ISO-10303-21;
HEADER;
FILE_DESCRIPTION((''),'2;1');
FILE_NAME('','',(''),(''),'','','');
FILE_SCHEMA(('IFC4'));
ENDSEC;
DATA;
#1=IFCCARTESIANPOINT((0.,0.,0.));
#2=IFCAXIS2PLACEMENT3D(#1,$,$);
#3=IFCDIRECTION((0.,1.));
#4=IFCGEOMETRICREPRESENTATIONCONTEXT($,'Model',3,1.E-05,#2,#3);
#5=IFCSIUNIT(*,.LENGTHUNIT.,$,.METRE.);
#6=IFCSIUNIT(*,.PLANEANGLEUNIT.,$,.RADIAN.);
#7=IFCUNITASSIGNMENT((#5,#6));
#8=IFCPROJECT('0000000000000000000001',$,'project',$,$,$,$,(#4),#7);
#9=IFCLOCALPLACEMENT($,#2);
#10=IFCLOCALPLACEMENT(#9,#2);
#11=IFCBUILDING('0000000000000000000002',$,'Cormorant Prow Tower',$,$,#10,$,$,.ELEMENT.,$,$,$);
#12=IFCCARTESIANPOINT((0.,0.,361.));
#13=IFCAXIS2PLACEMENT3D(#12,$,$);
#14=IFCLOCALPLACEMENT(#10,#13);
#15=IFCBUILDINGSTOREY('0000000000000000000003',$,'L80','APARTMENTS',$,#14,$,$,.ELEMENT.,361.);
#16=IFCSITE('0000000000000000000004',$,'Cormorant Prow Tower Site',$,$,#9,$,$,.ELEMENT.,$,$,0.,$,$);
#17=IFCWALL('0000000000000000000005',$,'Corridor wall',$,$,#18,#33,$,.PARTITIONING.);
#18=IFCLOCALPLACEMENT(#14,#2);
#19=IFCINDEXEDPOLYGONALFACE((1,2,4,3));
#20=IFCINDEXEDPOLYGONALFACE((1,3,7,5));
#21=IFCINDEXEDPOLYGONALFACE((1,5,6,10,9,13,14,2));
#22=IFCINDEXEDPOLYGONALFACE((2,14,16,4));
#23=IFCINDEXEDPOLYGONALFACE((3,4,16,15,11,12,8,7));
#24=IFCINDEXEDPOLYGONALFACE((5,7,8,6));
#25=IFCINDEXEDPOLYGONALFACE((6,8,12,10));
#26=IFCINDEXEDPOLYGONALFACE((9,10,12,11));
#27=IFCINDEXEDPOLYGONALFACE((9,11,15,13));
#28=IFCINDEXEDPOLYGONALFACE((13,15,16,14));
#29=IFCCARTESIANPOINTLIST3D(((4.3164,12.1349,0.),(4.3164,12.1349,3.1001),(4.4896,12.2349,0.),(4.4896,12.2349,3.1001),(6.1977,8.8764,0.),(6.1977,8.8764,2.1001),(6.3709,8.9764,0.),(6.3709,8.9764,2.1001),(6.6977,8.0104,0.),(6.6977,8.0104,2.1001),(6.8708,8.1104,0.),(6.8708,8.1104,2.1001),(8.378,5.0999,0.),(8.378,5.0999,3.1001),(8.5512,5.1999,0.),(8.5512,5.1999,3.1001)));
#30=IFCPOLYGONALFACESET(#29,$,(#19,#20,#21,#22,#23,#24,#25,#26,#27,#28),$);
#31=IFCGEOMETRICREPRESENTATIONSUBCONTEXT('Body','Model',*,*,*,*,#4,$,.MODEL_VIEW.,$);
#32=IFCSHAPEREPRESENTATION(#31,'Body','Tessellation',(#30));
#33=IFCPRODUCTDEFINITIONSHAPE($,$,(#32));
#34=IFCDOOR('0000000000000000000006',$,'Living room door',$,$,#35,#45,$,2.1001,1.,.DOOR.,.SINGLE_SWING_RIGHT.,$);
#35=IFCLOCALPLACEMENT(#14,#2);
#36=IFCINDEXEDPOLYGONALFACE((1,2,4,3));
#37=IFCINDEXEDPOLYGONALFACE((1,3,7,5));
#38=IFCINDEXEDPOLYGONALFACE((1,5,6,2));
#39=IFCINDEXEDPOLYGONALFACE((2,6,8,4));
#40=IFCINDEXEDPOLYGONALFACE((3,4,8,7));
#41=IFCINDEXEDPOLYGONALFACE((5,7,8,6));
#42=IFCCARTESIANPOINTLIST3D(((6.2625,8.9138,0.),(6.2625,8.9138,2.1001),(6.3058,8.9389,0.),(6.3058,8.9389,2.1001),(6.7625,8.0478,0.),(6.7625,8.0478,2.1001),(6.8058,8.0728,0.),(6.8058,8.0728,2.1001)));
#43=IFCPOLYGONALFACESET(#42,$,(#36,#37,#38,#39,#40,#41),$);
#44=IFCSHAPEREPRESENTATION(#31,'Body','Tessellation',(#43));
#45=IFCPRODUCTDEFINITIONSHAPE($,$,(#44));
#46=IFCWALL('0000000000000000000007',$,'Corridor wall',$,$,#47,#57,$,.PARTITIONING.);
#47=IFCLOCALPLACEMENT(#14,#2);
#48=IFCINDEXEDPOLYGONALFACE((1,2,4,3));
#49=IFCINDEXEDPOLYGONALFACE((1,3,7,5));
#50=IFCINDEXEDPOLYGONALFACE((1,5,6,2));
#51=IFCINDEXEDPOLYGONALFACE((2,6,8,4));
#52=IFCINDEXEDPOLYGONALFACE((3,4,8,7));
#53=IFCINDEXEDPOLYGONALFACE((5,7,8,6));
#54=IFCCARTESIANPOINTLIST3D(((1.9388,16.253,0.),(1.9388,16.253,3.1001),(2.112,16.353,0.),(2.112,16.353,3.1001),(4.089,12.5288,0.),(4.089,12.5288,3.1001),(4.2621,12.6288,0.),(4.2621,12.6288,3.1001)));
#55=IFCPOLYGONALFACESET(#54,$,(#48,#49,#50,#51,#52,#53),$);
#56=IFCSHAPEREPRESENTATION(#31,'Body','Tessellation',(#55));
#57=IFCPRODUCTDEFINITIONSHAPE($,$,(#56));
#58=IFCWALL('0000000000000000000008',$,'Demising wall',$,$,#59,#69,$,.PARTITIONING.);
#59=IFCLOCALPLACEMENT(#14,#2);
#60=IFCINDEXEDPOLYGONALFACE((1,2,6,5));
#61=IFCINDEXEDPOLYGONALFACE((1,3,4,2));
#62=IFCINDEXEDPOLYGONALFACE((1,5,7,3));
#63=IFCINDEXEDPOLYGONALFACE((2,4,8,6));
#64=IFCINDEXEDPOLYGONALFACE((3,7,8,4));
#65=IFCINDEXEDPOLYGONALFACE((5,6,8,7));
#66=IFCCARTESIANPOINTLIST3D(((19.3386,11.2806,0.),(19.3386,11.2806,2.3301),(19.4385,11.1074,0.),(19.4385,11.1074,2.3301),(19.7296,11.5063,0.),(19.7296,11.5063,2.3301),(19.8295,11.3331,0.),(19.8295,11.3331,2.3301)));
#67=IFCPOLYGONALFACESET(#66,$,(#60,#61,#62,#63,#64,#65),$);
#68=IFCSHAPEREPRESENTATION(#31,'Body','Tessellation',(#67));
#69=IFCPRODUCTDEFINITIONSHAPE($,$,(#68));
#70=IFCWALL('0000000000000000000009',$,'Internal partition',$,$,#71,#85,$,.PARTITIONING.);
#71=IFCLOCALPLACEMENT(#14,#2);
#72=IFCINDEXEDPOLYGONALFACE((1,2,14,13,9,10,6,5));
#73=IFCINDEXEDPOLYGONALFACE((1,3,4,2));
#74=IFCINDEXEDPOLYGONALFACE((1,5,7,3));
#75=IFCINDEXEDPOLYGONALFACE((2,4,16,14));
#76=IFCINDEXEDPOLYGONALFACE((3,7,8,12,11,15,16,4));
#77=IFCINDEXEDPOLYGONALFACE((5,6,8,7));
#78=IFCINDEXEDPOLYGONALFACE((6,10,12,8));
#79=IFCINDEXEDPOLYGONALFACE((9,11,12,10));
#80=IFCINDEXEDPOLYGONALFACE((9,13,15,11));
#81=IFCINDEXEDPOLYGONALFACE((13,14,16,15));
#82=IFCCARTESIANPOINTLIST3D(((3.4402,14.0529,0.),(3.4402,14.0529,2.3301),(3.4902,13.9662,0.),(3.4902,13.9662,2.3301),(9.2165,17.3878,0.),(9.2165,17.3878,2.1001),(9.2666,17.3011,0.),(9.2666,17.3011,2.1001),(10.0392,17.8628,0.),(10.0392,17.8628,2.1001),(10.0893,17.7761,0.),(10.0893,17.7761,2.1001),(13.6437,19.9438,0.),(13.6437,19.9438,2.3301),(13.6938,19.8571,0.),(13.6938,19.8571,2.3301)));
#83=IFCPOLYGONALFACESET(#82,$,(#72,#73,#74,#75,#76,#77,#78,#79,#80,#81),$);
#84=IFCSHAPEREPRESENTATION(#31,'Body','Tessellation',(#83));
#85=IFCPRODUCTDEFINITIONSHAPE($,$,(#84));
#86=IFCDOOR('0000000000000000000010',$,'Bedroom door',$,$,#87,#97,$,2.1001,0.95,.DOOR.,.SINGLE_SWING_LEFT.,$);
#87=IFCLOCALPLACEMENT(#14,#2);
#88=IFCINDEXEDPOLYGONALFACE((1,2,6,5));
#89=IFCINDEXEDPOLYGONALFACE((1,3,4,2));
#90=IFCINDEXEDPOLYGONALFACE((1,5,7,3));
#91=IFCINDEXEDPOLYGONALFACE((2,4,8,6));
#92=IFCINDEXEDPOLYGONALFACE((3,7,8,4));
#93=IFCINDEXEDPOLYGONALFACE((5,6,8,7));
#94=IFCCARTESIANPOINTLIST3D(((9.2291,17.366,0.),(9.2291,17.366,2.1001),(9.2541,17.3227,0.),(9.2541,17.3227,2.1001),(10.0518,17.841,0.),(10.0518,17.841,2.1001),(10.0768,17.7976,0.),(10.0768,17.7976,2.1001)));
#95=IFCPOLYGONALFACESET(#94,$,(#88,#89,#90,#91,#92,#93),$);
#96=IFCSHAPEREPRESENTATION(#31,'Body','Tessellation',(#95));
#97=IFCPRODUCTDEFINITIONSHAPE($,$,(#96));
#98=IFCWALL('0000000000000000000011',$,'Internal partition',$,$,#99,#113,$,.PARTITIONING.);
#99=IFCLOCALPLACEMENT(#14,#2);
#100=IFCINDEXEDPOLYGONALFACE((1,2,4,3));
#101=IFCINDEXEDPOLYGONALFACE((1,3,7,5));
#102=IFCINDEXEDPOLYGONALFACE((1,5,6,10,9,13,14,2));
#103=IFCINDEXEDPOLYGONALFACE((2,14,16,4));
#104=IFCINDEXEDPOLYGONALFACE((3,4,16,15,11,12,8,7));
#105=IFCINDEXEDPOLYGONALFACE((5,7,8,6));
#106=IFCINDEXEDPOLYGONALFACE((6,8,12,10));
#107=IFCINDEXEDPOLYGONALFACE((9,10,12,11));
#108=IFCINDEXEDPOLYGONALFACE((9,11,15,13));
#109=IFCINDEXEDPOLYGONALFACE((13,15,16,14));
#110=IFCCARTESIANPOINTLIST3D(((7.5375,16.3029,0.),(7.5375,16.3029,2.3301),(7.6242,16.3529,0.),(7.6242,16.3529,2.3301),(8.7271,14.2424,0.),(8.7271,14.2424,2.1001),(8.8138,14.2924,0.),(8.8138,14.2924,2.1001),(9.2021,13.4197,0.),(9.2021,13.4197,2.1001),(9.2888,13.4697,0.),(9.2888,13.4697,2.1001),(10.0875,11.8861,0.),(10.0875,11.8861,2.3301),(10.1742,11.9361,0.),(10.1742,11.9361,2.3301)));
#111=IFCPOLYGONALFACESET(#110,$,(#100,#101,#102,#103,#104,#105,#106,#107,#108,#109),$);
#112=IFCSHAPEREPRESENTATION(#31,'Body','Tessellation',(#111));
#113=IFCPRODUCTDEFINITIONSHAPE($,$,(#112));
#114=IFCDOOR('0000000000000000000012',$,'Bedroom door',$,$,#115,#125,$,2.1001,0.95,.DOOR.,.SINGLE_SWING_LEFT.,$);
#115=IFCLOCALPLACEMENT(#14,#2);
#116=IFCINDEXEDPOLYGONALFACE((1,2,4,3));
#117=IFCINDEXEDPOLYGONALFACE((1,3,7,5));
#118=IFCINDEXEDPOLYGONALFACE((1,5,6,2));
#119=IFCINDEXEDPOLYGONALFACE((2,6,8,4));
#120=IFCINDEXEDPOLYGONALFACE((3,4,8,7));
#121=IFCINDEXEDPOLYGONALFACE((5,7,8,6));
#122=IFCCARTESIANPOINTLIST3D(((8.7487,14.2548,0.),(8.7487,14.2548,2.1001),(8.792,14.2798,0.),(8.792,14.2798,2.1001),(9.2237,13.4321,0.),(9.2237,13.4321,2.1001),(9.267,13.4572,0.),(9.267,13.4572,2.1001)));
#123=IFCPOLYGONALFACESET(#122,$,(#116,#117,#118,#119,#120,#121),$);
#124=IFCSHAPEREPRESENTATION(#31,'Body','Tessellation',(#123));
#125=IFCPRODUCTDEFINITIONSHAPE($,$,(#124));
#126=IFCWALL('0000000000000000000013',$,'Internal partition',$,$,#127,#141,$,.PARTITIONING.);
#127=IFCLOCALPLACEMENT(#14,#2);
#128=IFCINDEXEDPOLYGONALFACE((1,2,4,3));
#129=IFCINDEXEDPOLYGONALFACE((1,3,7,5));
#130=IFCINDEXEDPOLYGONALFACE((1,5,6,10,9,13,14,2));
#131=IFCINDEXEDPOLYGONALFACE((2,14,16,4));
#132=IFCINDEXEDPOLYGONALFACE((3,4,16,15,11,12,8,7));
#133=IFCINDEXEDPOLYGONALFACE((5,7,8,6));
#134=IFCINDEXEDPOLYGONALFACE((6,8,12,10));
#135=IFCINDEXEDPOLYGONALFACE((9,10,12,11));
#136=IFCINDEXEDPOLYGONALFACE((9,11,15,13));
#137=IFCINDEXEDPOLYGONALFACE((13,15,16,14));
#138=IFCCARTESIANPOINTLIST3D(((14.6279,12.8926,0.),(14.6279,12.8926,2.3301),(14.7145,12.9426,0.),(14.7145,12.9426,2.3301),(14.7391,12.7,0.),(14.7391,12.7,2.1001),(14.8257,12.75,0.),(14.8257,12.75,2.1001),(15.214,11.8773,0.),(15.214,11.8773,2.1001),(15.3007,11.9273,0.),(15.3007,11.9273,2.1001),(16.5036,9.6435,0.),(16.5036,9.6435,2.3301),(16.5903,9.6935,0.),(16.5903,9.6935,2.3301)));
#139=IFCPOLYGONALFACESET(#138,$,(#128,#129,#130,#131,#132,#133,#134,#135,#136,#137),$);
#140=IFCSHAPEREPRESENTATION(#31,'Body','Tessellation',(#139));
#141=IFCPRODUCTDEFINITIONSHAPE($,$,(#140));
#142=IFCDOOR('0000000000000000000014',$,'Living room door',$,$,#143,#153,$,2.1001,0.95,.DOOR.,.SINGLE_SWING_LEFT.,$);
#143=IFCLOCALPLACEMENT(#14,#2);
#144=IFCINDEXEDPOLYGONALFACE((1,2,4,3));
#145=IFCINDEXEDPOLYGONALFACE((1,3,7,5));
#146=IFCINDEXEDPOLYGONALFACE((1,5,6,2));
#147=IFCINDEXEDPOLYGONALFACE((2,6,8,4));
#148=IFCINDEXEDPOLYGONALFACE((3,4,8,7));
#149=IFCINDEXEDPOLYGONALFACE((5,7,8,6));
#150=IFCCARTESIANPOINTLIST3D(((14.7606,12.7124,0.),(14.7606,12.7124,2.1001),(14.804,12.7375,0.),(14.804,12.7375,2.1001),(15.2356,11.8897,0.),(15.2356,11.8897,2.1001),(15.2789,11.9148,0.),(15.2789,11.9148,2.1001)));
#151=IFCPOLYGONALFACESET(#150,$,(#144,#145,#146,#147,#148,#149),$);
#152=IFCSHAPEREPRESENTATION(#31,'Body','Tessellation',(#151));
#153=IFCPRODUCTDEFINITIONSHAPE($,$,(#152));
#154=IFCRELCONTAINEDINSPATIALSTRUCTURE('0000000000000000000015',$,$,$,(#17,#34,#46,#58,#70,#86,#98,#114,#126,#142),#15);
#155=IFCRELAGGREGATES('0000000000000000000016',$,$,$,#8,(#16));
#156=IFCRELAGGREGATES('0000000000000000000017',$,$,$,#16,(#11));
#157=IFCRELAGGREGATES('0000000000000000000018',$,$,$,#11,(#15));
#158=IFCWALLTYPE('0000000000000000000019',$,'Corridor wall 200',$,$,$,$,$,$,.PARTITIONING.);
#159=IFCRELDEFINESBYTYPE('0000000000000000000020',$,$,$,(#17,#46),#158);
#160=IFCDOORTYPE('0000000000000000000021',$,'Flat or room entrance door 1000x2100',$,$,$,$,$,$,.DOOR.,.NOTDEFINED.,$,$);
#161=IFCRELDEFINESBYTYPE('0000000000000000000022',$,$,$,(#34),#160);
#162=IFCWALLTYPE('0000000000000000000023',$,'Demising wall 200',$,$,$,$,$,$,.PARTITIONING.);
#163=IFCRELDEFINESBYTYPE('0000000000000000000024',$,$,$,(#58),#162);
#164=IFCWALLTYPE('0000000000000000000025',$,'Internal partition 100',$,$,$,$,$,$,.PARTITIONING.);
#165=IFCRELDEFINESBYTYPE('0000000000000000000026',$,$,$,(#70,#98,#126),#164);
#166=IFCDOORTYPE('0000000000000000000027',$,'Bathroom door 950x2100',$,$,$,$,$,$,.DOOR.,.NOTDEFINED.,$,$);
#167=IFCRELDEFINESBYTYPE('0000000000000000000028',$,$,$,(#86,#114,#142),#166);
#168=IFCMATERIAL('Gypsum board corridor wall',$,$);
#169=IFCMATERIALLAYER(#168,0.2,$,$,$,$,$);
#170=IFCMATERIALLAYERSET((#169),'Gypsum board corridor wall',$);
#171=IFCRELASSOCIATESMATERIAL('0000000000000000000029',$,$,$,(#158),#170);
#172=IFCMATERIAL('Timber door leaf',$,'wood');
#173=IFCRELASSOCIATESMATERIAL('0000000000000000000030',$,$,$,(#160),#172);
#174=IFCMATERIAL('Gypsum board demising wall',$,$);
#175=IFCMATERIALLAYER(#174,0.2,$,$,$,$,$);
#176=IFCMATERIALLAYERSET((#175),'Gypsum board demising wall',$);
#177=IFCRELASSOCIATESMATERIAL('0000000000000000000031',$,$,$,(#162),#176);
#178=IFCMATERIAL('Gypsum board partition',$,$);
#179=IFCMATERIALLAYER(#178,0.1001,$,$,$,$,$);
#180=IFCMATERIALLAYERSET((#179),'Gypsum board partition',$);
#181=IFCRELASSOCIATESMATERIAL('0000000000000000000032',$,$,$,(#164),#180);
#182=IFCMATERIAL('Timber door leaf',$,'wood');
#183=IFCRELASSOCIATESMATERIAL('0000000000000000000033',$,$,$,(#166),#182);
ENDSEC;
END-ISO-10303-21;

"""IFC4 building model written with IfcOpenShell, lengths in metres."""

from ifc_helpers import new_model, si_unit, direction, frame, frame_2d, origin, place, context, subcontext, project, spatial, rectangle, extrude, material, layer, layer_set, type_object, element, fill, save


model = new_model("IFC4")

# Units and contexts
model_context = context("Model", 3, precision=1e-05, world=origin(), true_north=direction((0.0, 1.0)))
body_context = subcontext(model_context, "Body", "Model", "MODEL_VIEW")
ifc_project = project(units=[si_unit("LENGTHUNIT", "METRE"), si_unit("PLANEANGLEUNIT", "RADIAN")], contexts=[model_context])

# Site, building, storey
site_placement = place(None, origin())
site = spatial("IfcSite", under=ifc_project, at=site_placement, Name="Cormorant Prow Tower Site", CompositionType="ELEMENT", RefElevation=0.0)
building_placement = place(site_placement, origin())
building = spatial("IfcBuilding", under=site, at=building_placement, Name="Cormorant Prow Tower", CompositionType="ELEMENT")
storey_placement = place(building_placement, frame((0.0, 0.0, 361.0)))
storey = spatial("IfcBuildingStorey", under=building, at=storey_placement, Name="L80", Description="APARTMENTS", CompositionType="ELEMENT", Elevation=361.0)

# Wall, opening, door
ifc_material_1 = material(Name="Gypsum board corridor wall")
ifc_layer_1 = layer(ifc_material_1, 0.2)
ifc_layer_set_1 = layer_set([ifc_layer_1], Name="Gypsum board corridor wall")
wall_type_1 = type_object("IfcWallType", Name="Corridor wall 200", PredefinedType="PARTITIONING", material=ifc_layer_set_1)
wall_1_placement = place(storey_placement, frame((4.4031, 12.1848, 0.0), z_axis=(0.0, 0.0, 1.0), x_axis=(0.499992, -0.86603, 0.0)))
wall_1 = element("IfcWall", 1, at=wall_1_placement, inside=storey, type_object=wall_type_1, Name="Corridor wall", PredefinedType="PARTITIONING", context=body_context, shape_type="SweptSolid", body=[
    extrude(rectangle(XDim=8.1233, YDim=0.2, at=frame_2d((4.0615, 0.0))), origin(), (0.0, 0.0, 1.0), 3.1001),
])
opening_1_placement = place(wall_1_placement, frame((3.7625, 0.0, 0.0)))
opening_1 = element("IfcOpeningElement", 2, at=opening_1_placement, cuts=wall_1, PredefinedType="OPENING", context=body_context, shape_type="SweptSolid", body=[
    extrude(rectangle(XDim=1.0, YDim=2.1001, at=frame_2d((0.5, 1.05))), frame((0.0, 0.1099, 0.0), z_axis=(0.0, -1.0, 0.0), x_axis=(1.0, 0.0, 0.0)), (0.0, 0.0, 1.0), 0.22),
])
ifc_material_2 = material(Name="Timber door leaf", Category="wood")
door_type_1 = type_object("IfcDoorType", Name="Flat or room entrance door 1000x2100", OperationType="NOTDEFINED", PredefinedType="DOOR", material=ifc_material_2)
door_1_placement = place(opening_1_placement, origin())
door_1 = element("IfcDoor", 3, at=door_1_placement, inside=storey, type_object=door_type_1, Name="Living room door", OperationType="SINGLE_SWING_RIGHT", OverallHeight=2.1001, OverallWidth=1.0, PredefinedType="DOOR", context=body_context, shape_type="SweptSolid", body=[
    extrude(rectangle(XDim=1.0, YDim=2.1001, at=frame_2d((0.5, 1.05))), frame((0.0, 0.0249, 0.0), z_axis=(0.0, -1.0, 0.0), x_axis=(1.0, 0.0, 0.0)), (0.0, 0.0, 1.0), 0.05),
])
fill(opening_1, door_1)

# Walls
wall_2_placement = place(storey_placement, frame((2.0254, 16.303, 0.0), z_axis=(0.0, 0.0, 1.0), x_axis=(0.500004, -0.866023, 0.0)))
element("IfcWall", 4, at=wall_2_placement, inside=storey, type_object=wall_type_1, Name="Corridor wall", PredefinedType="PARTITIONING", context=body_context, shape_type="SweptSolid", body=[
    extrude(rectangle(XDim=4.3003, YDim=0.2, at=frame_2d((2.1501, 0.0))), origin(), (0.0, 0.0, 1.0), 3.1001),
])
ifc_material_3 = material(Name="Gypsum board demising wall")
ifc_layer_2 = layer(ifc_material_3, 0.2)
ifc_layer_set_2 = layer_set([ifc_layer_2], Name="Gypsum board demising wall")
wall_type_2 = type_object("IfcWallType", Name="Demising wall 200", PredefinedType="PARTITIONING", material=ifc_layer_set_2)
wall_3_placement = place(storey_placement, frame((19.3887, 11.1941, 0.0), z_axis=(0.0, 0.0, 1.0), x_axis=(0.866105, 0.499863, 0.0)))
element("IfcWall", 5, at=wall_3_placement, inside=storey, type_object=wall_type_2, Name="Demising wall", PredefinedType="PARTITIONING", context=body_context, shape_type="SweptSolid", body=[
    extrude(rectangle(XDim=0.4514, YDim=0.2, at=frame_2d((0.2256, 0.0))), origin(), (0.0, 0.0, 1.0), 2.3301),
])

# Walls, openings, doors
ifc_material_4 = material(Name="Gypsum board partition")
ifc_layer_3 = layer(ifc_material_4, 0.1001)
ifc_layer_set_3 = layer_set([ifc_layer_3], Name="Gypsum board partition")
wall_type_3 = type_object("IfcWallType", Name="Internal partition 100", PredefinedType="PARTITIONING", material=ifc_layer_set_3)
wall_4_placement = place(storey_placement, frame((3.4651, 14.0095, 0.0), z_axis=(0.0, 0.0, 1.0), x_axis=(0.866032, 0.499988, 0.0)))
wall_4 = element("IfcWall", 6, at=wall_4_placement, inside=storey, type_object=wall_type_3, Name="Internal partition", PredefinedType="PARTITIONING", context=body_context, shape_type="SweptSolid", body=[
    extrude(rectangle(XDim=11.782, YDim=0.1001, at=frame_2d((5.8911, 0.0))), origin(), (0.0, 0.0, 1.0), 2.3301),
])
opening_2_placement = place(wall_4_placement, frame((6.6699, 0.0, 0.0)))
opening_2 = element("IfcOpeningElement", 7, at=opening_2_placement, cuts=wall_4, PredefinedType="OPENING", context=body_context, shape_type="SweptSolid", body=[
    extrude(rectangle(XDim=0.95, YDim=2.1001, at=frame_2d((0.4751, 1.05))), frame((0.0, 0.0601, 0.0), z_axis=(0.0, -1.0, 0.0), x_axis=(1.0, 0.0, 0.0)), (0.0, 0.0, 1.0), 0.1201),
])
ifc_material_5 = material(Name="Timber door leaf", Category="wood")
door_type_2 = type_object("IfcDoorType", Name="Bathroom door 950x2100", OperationType="NOTDEFINED", PredefinedType="DOOR", material=ifc_material_5)
door_2_placement = place(opening_2_placement, origin())
door_2 = element("IfcDoor", 8, at=door_2_placement, inside=storey, type_object=door_type_2, Name="Bedroom door", OperationType="SINGLE_SWING_LEFT", OverallHeight=2.1001, OverallWidth=0.95, PredefinedType="DOOR", context=body_context, shape_type="SweptSolid", body=[
    extrude(rectangle(XDim=0.95, YDim=2.1001, at=frame_2d((0.4751, 1.05))), frame((0.0, 0.0249, 0.0), z_axis=(0.0, -1.0, 0.0), x_axis=(1.0, 0.0, 0.0)), (0.0, 0.0, 1.0), 0.05),
])
fill(opening_2, door_2)
wall_5_placement = place(storey_placement, frame((7.5808, 16.3279, 0.0), z_axis=(0.0, 0.0, 1.0), x_axis=(0.500006, -0.866022, 0.0)))
wall_5 = element("IfcWall", 9, at=wall_5_placement, inside=storey, type_object=wall_type_3, Name="Internal partition", PredefinedType="PARTITIONING", context=body_context, shape_type="SweptSolid", body=[
    extrude(rectangle(XDim=5.1001, YDim=0.1001, at=frame_2d((2.55, 0.0))), origin(), (0.0, 0.0, 1.0), 2.3301),
])
opening_3_placement = place(wall_5_placement, frame((2.3792, 0.0, 0.0)))
opening_3 = element("IfcOpeningElement", 10, at=opening_3_placement, cuts=wall_5, PredefinedType="OPENING", context=body_context, shape_type="SweptSolid", body=[
    extrude(rectangle(XDim=0.95, YDim=2.1001, at=frame_2d((0.4751, 1.05))), frame((0.0, 0.0601, 0.0), z_axis=(0.0, -1.0, 0.0), x_axis=(1.0, 0.0, 0.0)), (0.0, 0.0, 1.0), 0.1201),
])
door_3_placement = place(opening_3_placement, origin())
door_3 = element("IfcDoor", 11, at=door_3_placement, inside=storey, type_object=door_type_2, Name="Bedroom door", OperationType="SINGLE_SWING_LEFT", OverallHeight=2.1001, OverallWidth=0.95, PredefinedType="DOOR", context=body_context, shape_type="SweptSolid", body=[
    extrude(rectangle(XDim=0.95, YDim=2.1001, at=frame_2d((0.4751, 1.05))), frame((0.0, 0.0249, 0.0), z_axis=(0.0, -1.0, 0.0), x_axis=(1.0, 0.0, 0.0)), (0.0, 0.0, 1.0), 0.05),
])
fill(opening_3, door_3)
wall_6_placement = place(storey_placement, frame((14.6711, 12.9177, 0.0), z_axis=(0.0, 0.0, 1.0), x_axis=(0.499982, -0.866036, 0.0)))
wall_6 = element("IfcWall", 12, at=wall_6_placement, inside=storey, type_object=wall_type_3, Name="Internal partition", PredefinedType="PARTITIONING", context=body_context, shape_type="SweptSolid", body=[
    extrude(rectangle(XDim=3.7517, YDim=0.1001, at=frame_2d((1.876, 0.0))), origin(), (0.0, 0.0, 1.0), 2.3301),
])
opening_4_placement = place(wall_6_placement, frame((0.2224, 0.0, 0.0)))
opening_4 = element("IfcOpeningElement", 13, at=opening_4_placement, cuts=wall_6, PredefinedType="OPENING", context=body_context, shape_type="SweptSolid", body=[
    extrude(rectangle(XDim=0.95, YDim=2.1001, at=frame_2d((0.4751, 1.05))), frame((0.0, 0.0601, 0.0), z_axis=(0.0, -1.0, 0.0), x_axis=(1.0, 0.0, 0.0)), (0.0, 0.0, 1.0), 0.1201),
])
door_4_placement = place(opening_4_placement, origin())
door_4 = element("IfcDoor", 14, at=door_4_placement, inside=storey, type_object=door_type_2, Name="Living room door", OperationType="SINGLE_SWING_LEFT", OverallHeight=2.1001, OverallWidth=0.95, PredefinedType="DOOR", context=body_context, shape_type="SweptSolid", body=[
    extrude(rectangle(XDim=0.95, YDim=2.1001, at=frame_2d((0.4751, 1.05))), frame((0.0, 0.0249, 0.0), z_axis=(0.0, -1.0, 0.0), x_axis=(1.0, 0.0, 0.0)), (0.0, 0.0, 1.0), 0.05),
])
fill(opening_4, door_4)

save(model, "model.ifc")
